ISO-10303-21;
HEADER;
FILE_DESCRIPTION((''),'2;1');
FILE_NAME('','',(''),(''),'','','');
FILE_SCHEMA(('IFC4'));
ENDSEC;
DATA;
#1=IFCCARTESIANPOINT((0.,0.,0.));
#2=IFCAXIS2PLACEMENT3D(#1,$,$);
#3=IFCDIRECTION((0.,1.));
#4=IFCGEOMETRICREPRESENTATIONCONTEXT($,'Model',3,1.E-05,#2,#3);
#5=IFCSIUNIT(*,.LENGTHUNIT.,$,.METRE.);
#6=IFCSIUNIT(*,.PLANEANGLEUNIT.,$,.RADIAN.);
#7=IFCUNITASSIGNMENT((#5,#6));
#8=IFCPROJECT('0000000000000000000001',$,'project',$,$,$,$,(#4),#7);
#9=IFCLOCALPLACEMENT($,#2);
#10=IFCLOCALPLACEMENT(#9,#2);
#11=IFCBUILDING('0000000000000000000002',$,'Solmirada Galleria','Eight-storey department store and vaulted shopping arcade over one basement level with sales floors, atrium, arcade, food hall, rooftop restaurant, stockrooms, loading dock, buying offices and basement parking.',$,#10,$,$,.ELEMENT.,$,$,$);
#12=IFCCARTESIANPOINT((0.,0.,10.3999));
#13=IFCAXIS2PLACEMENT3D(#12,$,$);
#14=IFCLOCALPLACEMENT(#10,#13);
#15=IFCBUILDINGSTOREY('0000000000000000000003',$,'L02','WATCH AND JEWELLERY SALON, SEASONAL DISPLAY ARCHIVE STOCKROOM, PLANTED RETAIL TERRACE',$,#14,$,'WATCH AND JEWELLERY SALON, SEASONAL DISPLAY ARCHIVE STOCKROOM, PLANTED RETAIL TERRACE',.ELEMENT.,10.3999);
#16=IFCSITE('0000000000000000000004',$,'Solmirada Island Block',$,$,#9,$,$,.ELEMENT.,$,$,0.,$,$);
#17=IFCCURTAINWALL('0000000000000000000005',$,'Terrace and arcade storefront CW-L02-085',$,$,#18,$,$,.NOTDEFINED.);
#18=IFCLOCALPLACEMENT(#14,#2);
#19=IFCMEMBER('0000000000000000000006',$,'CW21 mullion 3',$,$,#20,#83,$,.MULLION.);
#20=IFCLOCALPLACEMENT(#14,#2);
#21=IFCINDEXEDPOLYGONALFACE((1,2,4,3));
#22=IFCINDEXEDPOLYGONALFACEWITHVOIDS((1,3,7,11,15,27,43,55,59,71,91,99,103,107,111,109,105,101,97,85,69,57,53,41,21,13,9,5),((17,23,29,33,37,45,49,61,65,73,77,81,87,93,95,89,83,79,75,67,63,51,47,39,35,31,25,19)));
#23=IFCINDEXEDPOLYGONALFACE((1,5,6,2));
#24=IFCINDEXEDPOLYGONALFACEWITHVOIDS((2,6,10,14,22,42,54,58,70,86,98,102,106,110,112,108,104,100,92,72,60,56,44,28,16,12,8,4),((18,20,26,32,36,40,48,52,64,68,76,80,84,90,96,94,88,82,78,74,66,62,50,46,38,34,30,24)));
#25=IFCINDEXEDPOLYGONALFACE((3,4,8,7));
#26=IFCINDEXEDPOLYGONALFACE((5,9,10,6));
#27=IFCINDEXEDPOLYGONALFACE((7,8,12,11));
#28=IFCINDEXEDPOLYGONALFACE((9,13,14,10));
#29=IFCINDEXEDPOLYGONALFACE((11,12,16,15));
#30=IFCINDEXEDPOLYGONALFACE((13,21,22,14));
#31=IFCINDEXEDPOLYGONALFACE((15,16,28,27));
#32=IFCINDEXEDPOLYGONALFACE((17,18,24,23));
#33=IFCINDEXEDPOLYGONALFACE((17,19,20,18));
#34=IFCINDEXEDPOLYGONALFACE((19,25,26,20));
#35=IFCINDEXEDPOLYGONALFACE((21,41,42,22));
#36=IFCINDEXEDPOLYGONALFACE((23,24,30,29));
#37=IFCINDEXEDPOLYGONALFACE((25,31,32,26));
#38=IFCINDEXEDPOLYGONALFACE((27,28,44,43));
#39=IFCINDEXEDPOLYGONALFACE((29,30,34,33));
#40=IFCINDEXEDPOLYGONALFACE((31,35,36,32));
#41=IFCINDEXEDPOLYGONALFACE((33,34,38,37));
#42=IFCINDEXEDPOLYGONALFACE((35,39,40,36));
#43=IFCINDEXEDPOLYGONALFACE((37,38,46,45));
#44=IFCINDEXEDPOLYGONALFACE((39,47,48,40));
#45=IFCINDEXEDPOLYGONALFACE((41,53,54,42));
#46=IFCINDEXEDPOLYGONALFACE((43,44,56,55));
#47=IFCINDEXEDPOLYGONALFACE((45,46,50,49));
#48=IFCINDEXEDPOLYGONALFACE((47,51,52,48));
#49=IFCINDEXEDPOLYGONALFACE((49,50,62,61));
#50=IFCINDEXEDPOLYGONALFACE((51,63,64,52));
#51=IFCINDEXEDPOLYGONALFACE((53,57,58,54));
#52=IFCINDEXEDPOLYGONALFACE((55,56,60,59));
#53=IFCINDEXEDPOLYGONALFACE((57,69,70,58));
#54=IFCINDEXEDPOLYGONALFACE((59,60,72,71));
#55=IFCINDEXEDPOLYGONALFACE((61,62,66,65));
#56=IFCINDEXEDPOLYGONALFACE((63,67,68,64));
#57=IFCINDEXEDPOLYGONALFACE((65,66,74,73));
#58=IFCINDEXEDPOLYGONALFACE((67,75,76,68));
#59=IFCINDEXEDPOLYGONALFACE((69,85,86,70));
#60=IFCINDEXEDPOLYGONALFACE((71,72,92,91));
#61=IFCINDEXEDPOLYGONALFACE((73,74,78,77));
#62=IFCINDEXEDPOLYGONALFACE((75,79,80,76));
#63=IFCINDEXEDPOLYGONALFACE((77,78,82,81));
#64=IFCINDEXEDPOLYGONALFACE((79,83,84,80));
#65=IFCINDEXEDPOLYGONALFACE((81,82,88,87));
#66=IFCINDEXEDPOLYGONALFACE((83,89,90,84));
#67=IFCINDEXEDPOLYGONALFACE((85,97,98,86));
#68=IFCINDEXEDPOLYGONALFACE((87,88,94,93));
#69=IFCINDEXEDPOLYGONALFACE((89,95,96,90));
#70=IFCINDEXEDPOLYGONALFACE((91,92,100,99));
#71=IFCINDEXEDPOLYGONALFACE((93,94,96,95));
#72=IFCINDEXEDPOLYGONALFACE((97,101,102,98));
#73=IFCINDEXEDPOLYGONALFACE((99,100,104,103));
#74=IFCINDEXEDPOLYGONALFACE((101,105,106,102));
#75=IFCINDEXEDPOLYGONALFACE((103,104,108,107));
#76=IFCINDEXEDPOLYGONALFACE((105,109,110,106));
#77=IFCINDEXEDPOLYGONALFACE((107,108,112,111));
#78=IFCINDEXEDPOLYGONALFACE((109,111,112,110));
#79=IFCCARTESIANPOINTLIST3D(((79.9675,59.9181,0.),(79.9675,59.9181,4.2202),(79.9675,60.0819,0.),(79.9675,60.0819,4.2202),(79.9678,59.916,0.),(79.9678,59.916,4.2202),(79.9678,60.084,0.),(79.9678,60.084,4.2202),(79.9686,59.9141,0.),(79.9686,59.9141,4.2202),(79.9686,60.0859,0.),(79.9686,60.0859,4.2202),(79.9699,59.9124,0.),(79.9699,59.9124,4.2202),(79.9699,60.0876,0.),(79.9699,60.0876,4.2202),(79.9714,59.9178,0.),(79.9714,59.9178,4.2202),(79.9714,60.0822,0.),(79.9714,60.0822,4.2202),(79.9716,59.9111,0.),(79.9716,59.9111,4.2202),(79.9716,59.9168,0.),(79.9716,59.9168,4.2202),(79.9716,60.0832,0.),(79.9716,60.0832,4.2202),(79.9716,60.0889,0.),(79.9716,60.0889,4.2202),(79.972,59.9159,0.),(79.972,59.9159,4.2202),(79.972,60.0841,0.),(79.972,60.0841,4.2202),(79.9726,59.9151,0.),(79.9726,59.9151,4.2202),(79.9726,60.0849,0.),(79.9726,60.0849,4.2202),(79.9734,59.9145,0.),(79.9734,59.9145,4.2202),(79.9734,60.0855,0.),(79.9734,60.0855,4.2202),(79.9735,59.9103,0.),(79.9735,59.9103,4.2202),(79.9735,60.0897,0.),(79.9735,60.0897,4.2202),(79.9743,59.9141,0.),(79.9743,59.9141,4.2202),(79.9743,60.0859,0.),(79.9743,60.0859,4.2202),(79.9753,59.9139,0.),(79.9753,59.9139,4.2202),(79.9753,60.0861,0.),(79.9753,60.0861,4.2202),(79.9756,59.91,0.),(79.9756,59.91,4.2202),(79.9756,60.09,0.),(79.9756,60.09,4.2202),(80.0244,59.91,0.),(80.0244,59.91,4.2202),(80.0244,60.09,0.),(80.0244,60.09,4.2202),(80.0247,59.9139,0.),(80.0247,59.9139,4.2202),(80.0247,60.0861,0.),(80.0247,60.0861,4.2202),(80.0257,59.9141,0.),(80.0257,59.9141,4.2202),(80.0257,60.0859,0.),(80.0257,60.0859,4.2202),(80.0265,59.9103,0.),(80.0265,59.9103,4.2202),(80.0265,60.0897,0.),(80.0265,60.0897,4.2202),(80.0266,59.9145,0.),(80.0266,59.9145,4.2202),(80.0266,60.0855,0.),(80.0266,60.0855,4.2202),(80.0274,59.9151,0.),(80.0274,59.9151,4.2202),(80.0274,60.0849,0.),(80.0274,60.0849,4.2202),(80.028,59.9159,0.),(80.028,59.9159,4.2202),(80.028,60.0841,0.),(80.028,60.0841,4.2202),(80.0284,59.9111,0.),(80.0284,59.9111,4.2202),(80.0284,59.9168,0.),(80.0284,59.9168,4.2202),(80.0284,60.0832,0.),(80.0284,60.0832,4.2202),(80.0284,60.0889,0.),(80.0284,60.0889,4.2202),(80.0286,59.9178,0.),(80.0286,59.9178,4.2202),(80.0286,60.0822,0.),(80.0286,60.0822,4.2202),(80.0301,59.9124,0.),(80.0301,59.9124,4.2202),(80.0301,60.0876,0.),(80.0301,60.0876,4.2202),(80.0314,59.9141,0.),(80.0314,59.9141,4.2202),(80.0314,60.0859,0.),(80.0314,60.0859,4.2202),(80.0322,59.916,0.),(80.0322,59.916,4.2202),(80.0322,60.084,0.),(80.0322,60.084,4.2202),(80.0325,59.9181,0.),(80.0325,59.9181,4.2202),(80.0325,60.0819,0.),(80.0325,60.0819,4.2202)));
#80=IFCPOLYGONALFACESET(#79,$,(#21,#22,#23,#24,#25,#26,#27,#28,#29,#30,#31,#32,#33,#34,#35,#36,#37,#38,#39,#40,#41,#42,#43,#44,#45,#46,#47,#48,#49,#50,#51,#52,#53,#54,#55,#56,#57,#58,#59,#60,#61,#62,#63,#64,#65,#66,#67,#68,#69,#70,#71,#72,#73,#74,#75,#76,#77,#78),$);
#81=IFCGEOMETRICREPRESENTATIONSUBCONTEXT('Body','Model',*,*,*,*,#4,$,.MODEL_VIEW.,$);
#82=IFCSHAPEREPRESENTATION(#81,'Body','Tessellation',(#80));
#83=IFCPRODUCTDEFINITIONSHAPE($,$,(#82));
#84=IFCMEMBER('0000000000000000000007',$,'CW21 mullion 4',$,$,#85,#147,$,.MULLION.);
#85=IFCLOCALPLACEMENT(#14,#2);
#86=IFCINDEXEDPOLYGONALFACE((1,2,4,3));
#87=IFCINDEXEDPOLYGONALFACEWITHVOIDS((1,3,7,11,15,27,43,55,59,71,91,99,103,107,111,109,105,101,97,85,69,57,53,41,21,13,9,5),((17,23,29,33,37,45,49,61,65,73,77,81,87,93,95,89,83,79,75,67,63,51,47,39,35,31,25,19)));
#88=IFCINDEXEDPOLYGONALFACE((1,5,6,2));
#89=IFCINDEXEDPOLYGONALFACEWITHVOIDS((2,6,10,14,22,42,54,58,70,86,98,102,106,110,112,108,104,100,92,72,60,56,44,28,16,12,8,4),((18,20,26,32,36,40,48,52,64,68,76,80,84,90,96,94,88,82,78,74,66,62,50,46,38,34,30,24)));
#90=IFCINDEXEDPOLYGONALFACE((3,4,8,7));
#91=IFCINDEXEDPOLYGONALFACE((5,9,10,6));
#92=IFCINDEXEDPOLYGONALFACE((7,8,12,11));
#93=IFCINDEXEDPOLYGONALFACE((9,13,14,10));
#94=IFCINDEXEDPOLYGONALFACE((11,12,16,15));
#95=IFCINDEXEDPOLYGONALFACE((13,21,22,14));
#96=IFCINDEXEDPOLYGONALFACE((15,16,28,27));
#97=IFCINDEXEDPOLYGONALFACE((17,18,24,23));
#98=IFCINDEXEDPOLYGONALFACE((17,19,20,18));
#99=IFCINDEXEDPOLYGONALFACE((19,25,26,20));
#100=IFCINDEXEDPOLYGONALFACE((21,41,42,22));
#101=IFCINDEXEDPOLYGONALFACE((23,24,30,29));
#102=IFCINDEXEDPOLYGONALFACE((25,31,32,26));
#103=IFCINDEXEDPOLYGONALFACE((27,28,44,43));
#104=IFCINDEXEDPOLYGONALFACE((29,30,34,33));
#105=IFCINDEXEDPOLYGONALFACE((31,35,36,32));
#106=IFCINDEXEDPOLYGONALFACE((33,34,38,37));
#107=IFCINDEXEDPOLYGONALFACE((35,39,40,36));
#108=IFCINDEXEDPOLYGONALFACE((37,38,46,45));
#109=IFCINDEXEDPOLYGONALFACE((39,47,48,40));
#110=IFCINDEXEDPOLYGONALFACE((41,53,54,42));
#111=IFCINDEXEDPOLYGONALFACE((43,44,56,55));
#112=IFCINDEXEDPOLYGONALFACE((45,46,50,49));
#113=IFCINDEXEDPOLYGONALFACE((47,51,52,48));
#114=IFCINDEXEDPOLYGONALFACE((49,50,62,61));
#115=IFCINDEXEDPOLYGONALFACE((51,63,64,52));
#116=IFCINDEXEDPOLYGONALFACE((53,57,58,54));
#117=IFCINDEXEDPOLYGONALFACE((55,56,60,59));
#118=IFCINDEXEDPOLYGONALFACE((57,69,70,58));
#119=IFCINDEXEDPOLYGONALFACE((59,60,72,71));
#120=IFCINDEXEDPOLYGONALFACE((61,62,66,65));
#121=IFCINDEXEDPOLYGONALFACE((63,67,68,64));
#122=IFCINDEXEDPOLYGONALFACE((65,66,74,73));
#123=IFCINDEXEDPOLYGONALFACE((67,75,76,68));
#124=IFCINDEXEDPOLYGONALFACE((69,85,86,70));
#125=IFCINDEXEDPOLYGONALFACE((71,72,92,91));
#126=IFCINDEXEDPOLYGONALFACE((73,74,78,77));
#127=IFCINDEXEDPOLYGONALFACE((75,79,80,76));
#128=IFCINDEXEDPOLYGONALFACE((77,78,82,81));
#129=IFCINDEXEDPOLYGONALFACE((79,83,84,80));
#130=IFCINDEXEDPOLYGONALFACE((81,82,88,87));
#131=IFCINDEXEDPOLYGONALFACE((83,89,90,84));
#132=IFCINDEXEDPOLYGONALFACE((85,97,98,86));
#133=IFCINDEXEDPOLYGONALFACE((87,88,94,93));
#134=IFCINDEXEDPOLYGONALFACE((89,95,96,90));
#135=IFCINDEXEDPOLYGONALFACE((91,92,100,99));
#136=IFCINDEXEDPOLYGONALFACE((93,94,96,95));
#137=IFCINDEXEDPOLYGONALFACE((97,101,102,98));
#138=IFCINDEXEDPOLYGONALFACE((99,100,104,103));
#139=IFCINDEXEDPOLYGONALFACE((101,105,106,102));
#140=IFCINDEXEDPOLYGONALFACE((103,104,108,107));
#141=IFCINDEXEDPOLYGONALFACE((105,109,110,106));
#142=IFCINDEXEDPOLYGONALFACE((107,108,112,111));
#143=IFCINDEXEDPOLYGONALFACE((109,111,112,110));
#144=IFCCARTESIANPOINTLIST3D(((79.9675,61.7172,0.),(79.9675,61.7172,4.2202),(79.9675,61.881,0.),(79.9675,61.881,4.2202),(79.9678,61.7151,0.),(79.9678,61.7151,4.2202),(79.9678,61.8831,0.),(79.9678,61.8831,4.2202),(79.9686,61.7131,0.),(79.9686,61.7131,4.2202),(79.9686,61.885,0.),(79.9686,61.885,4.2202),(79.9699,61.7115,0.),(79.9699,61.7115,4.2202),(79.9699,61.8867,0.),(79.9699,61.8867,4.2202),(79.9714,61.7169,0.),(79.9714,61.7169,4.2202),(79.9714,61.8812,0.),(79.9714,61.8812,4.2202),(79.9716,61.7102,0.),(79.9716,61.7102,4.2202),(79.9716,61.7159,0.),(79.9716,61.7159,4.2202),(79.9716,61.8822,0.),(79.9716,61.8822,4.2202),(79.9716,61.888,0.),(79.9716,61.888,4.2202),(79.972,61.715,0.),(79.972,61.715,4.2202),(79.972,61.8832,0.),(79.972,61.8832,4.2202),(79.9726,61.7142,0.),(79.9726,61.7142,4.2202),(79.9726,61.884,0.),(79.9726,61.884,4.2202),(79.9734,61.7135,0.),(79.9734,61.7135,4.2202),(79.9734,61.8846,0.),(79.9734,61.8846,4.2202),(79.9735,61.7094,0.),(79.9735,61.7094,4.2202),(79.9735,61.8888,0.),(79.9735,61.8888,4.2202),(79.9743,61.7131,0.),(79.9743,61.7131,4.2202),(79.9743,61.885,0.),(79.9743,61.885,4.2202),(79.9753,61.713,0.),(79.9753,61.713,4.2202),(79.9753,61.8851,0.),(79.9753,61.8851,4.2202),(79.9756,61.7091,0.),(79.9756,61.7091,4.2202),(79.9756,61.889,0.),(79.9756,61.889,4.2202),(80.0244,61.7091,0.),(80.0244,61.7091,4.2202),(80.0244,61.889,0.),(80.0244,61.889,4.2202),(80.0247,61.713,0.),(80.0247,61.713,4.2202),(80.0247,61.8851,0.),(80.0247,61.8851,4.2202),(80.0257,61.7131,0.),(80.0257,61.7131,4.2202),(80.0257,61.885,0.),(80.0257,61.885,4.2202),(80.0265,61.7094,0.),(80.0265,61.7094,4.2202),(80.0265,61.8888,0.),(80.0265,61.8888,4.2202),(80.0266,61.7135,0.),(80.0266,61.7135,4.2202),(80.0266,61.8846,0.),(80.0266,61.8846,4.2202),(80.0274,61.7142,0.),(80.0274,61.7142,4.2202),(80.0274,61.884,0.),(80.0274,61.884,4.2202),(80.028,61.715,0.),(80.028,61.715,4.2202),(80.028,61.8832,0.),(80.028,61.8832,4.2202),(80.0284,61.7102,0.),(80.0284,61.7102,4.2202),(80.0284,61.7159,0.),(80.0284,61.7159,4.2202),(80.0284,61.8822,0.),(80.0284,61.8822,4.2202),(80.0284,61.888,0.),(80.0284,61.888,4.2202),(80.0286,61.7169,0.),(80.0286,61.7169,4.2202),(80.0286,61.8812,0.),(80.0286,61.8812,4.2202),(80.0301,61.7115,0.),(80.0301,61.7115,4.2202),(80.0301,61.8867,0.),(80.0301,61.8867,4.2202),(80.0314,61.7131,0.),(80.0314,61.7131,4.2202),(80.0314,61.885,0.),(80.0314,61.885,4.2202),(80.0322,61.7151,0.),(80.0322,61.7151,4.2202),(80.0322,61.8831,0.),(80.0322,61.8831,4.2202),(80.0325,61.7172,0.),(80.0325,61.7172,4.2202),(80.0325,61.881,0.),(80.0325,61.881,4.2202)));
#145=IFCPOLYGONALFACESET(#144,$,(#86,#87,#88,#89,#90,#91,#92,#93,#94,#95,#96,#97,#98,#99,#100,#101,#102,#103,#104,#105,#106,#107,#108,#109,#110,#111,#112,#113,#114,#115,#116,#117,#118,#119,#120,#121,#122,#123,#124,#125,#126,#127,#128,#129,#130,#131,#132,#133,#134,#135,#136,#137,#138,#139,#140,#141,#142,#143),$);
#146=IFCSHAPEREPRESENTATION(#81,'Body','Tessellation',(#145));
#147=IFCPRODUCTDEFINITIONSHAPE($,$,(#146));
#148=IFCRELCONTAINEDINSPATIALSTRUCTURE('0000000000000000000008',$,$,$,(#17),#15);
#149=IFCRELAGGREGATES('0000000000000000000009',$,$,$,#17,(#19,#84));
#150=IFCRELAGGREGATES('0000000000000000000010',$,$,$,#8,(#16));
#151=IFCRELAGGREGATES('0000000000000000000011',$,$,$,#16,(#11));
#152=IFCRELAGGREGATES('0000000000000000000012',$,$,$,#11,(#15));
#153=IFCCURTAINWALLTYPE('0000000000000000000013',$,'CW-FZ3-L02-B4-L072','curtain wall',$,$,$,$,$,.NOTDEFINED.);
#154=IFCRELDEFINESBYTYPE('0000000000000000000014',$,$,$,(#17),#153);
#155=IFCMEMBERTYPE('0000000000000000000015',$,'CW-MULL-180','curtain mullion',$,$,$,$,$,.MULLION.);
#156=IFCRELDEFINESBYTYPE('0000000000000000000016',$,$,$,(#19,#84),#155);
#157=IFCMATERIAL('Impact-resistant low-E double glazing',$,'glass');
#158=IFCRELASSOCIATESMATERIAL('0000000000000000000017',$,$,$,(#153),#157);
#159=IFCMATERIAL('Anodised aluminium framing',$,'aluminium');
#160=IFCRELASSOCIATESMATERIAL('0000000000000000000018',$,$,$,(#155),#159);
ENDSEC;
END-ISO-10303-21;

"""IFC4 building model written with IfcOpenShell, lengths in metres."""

from ifc_helpers import new_model, si_unit, direction, frame, origin, origin_2d, place, context, subcontext, project, spatial, hollow_rectangle, extrude, material, material_profile, profile_set, type_object, element, aggregate, save


model = new_model("IFC4")

# Units and contexts
model_context = context("Model", 3, precision=1e-05, world=origin(), true_north=direction((0.0, 1.0)))
body_context = subcontext(model_context, "Body", "Model", "MODEL_VIEW")
ifc_project = project(units=[si_unit("LENGTHUNIT", "METRE"), si_unit("PLANEANGLEUNIT", "RADIAN")], contexts=[model_context])

# Site, building, storey
site_placement = place(None, origin())
site = spatial("IfcSite", under=ifc_project, at=site_placement, Name="Solmirada Island Block", CompositionType="ELEMENT", RefElevation=0.0)
building_placement = place(site_placement, origin())
building = spatial("IfcBuilding", under=site, at=building_placement, Name="Solmirada Galleria", Description="Eight-storey department store and vaulted shopping arcade over one basement level with sales floors, atrium, arcade, food hall, rooftop restaurant, stockrooms, loading dock, buying offices and basement parking.", CompositionType="ELEMENT")
storey_placement = place(building_placement, frame((0.0, 0.0, 10.3999)))
storey = spatial("IfcBuildingStorey", under=building, at=storey_placement, Name="L02", Description="WATCH AND JEWELLERY SALON, SEASONAL DISPLAY ARCHIVE STOCKROOM, PLANTED RETAIL TERRACE", LongName="WATCH AND JEWELLERY SALON, SEASONAL DISPLAY ARCHIVE STOCKROOM, PLANTED RETAIL TERRACE", CompositionType="ELEMENT", Elevation=10.3999)

# Shared definitions
ifc_material_1 = material(Name="Impact-resistant low-E double glazing", Category="glass")
curtain_wall_type = type_object("IfcCurtainWallType", Name="CW-FZ3-L02-B4-L072", Description="curtain wall", PredefinedType="NOTDEFINED", material=ifc_material_1)
ifc_material_2 = material(Name="Anodised aluminium framing", Category="aluminium")
ifc_material_profile_1 = material_profile(ifc_material_2, hollow_rectangle(XDim=0.0649, YDim=0.1799, WallThickness=0.0039, InnerFilletRadius=0.0039, OuterFilletRadius=0.0081, at=origin_2d()), Name="ALU-MULL-180X65")
ifc_profile_set_1 = profile_set([ifc_material_profile_1], Name="Anodised aluminium framing")
member_type_1 = type_object("IfcMemberType", Name="CW-MULL-180", Description="curtain mullion", PredefinedType="MULLION", material=ifc_profile_set_1)

# Curtain wall, members
curtain_wall_1_placement = place(storey_placement, origin())
curtain_wall_1 = element("IfcCurtainWall", 1, at=curtain_wall_1_placement, inside=storey, type_object=curtain_wall_type, Name="Terrace and arcade storefront CW-L02-085", PredefinedType="NOTDEFINED")
member_1_placement = place(storey_placement, frame((80.0, 60.0, 0.0), z_axis=(0.0, 0.0, 1.0), x_axis=(-1.0, 0.0, 0.0)))
member_1 = element("IfcMember", 2, at=member_1_placement, type_object=member_type_1, Name="CW21 mullion 3", PredefinedType="MULLION", context=body_context, shape_type="SweptSolid", body=[
    extrude(hollow_rectangle(XDim=0.0649, YDim=0.1799, WallThickness=0.0039, InnerFilletRadius=0.0039, OuterFilletRadius=0.0081, at=origin_2d()), origin(), (0.0, 0.0, 1.0), 4.2202),
])
member_2_placement = place(storey_placement, frame((80.0, 61.7991, 0.0), z_axis=(0.0, 0.0, 1.0), x_axis=(-1.0, 0.0, 0.0)))
member_2 = element("IfcMember", 3, at=member_2_placement, type_object=member_type_1, Name="CW21 mullion 4", PredefinedType="MULLION", context=body_context, shape_type="SweptSolid", body=[
    extrude(hollow_rectangle(XDim=0.0649, YDim=0.1799, WallThickness=0.0039, InnerFilletRadius=0.0039, OuterFilletRadius=0.0081, at=origin_2d()), origin(), (0.0, 0.0, 1.0), 4.2202),
])

aggregate(curtain_wall_1, [member_1, member_2])

save(model, "model.ifc")
